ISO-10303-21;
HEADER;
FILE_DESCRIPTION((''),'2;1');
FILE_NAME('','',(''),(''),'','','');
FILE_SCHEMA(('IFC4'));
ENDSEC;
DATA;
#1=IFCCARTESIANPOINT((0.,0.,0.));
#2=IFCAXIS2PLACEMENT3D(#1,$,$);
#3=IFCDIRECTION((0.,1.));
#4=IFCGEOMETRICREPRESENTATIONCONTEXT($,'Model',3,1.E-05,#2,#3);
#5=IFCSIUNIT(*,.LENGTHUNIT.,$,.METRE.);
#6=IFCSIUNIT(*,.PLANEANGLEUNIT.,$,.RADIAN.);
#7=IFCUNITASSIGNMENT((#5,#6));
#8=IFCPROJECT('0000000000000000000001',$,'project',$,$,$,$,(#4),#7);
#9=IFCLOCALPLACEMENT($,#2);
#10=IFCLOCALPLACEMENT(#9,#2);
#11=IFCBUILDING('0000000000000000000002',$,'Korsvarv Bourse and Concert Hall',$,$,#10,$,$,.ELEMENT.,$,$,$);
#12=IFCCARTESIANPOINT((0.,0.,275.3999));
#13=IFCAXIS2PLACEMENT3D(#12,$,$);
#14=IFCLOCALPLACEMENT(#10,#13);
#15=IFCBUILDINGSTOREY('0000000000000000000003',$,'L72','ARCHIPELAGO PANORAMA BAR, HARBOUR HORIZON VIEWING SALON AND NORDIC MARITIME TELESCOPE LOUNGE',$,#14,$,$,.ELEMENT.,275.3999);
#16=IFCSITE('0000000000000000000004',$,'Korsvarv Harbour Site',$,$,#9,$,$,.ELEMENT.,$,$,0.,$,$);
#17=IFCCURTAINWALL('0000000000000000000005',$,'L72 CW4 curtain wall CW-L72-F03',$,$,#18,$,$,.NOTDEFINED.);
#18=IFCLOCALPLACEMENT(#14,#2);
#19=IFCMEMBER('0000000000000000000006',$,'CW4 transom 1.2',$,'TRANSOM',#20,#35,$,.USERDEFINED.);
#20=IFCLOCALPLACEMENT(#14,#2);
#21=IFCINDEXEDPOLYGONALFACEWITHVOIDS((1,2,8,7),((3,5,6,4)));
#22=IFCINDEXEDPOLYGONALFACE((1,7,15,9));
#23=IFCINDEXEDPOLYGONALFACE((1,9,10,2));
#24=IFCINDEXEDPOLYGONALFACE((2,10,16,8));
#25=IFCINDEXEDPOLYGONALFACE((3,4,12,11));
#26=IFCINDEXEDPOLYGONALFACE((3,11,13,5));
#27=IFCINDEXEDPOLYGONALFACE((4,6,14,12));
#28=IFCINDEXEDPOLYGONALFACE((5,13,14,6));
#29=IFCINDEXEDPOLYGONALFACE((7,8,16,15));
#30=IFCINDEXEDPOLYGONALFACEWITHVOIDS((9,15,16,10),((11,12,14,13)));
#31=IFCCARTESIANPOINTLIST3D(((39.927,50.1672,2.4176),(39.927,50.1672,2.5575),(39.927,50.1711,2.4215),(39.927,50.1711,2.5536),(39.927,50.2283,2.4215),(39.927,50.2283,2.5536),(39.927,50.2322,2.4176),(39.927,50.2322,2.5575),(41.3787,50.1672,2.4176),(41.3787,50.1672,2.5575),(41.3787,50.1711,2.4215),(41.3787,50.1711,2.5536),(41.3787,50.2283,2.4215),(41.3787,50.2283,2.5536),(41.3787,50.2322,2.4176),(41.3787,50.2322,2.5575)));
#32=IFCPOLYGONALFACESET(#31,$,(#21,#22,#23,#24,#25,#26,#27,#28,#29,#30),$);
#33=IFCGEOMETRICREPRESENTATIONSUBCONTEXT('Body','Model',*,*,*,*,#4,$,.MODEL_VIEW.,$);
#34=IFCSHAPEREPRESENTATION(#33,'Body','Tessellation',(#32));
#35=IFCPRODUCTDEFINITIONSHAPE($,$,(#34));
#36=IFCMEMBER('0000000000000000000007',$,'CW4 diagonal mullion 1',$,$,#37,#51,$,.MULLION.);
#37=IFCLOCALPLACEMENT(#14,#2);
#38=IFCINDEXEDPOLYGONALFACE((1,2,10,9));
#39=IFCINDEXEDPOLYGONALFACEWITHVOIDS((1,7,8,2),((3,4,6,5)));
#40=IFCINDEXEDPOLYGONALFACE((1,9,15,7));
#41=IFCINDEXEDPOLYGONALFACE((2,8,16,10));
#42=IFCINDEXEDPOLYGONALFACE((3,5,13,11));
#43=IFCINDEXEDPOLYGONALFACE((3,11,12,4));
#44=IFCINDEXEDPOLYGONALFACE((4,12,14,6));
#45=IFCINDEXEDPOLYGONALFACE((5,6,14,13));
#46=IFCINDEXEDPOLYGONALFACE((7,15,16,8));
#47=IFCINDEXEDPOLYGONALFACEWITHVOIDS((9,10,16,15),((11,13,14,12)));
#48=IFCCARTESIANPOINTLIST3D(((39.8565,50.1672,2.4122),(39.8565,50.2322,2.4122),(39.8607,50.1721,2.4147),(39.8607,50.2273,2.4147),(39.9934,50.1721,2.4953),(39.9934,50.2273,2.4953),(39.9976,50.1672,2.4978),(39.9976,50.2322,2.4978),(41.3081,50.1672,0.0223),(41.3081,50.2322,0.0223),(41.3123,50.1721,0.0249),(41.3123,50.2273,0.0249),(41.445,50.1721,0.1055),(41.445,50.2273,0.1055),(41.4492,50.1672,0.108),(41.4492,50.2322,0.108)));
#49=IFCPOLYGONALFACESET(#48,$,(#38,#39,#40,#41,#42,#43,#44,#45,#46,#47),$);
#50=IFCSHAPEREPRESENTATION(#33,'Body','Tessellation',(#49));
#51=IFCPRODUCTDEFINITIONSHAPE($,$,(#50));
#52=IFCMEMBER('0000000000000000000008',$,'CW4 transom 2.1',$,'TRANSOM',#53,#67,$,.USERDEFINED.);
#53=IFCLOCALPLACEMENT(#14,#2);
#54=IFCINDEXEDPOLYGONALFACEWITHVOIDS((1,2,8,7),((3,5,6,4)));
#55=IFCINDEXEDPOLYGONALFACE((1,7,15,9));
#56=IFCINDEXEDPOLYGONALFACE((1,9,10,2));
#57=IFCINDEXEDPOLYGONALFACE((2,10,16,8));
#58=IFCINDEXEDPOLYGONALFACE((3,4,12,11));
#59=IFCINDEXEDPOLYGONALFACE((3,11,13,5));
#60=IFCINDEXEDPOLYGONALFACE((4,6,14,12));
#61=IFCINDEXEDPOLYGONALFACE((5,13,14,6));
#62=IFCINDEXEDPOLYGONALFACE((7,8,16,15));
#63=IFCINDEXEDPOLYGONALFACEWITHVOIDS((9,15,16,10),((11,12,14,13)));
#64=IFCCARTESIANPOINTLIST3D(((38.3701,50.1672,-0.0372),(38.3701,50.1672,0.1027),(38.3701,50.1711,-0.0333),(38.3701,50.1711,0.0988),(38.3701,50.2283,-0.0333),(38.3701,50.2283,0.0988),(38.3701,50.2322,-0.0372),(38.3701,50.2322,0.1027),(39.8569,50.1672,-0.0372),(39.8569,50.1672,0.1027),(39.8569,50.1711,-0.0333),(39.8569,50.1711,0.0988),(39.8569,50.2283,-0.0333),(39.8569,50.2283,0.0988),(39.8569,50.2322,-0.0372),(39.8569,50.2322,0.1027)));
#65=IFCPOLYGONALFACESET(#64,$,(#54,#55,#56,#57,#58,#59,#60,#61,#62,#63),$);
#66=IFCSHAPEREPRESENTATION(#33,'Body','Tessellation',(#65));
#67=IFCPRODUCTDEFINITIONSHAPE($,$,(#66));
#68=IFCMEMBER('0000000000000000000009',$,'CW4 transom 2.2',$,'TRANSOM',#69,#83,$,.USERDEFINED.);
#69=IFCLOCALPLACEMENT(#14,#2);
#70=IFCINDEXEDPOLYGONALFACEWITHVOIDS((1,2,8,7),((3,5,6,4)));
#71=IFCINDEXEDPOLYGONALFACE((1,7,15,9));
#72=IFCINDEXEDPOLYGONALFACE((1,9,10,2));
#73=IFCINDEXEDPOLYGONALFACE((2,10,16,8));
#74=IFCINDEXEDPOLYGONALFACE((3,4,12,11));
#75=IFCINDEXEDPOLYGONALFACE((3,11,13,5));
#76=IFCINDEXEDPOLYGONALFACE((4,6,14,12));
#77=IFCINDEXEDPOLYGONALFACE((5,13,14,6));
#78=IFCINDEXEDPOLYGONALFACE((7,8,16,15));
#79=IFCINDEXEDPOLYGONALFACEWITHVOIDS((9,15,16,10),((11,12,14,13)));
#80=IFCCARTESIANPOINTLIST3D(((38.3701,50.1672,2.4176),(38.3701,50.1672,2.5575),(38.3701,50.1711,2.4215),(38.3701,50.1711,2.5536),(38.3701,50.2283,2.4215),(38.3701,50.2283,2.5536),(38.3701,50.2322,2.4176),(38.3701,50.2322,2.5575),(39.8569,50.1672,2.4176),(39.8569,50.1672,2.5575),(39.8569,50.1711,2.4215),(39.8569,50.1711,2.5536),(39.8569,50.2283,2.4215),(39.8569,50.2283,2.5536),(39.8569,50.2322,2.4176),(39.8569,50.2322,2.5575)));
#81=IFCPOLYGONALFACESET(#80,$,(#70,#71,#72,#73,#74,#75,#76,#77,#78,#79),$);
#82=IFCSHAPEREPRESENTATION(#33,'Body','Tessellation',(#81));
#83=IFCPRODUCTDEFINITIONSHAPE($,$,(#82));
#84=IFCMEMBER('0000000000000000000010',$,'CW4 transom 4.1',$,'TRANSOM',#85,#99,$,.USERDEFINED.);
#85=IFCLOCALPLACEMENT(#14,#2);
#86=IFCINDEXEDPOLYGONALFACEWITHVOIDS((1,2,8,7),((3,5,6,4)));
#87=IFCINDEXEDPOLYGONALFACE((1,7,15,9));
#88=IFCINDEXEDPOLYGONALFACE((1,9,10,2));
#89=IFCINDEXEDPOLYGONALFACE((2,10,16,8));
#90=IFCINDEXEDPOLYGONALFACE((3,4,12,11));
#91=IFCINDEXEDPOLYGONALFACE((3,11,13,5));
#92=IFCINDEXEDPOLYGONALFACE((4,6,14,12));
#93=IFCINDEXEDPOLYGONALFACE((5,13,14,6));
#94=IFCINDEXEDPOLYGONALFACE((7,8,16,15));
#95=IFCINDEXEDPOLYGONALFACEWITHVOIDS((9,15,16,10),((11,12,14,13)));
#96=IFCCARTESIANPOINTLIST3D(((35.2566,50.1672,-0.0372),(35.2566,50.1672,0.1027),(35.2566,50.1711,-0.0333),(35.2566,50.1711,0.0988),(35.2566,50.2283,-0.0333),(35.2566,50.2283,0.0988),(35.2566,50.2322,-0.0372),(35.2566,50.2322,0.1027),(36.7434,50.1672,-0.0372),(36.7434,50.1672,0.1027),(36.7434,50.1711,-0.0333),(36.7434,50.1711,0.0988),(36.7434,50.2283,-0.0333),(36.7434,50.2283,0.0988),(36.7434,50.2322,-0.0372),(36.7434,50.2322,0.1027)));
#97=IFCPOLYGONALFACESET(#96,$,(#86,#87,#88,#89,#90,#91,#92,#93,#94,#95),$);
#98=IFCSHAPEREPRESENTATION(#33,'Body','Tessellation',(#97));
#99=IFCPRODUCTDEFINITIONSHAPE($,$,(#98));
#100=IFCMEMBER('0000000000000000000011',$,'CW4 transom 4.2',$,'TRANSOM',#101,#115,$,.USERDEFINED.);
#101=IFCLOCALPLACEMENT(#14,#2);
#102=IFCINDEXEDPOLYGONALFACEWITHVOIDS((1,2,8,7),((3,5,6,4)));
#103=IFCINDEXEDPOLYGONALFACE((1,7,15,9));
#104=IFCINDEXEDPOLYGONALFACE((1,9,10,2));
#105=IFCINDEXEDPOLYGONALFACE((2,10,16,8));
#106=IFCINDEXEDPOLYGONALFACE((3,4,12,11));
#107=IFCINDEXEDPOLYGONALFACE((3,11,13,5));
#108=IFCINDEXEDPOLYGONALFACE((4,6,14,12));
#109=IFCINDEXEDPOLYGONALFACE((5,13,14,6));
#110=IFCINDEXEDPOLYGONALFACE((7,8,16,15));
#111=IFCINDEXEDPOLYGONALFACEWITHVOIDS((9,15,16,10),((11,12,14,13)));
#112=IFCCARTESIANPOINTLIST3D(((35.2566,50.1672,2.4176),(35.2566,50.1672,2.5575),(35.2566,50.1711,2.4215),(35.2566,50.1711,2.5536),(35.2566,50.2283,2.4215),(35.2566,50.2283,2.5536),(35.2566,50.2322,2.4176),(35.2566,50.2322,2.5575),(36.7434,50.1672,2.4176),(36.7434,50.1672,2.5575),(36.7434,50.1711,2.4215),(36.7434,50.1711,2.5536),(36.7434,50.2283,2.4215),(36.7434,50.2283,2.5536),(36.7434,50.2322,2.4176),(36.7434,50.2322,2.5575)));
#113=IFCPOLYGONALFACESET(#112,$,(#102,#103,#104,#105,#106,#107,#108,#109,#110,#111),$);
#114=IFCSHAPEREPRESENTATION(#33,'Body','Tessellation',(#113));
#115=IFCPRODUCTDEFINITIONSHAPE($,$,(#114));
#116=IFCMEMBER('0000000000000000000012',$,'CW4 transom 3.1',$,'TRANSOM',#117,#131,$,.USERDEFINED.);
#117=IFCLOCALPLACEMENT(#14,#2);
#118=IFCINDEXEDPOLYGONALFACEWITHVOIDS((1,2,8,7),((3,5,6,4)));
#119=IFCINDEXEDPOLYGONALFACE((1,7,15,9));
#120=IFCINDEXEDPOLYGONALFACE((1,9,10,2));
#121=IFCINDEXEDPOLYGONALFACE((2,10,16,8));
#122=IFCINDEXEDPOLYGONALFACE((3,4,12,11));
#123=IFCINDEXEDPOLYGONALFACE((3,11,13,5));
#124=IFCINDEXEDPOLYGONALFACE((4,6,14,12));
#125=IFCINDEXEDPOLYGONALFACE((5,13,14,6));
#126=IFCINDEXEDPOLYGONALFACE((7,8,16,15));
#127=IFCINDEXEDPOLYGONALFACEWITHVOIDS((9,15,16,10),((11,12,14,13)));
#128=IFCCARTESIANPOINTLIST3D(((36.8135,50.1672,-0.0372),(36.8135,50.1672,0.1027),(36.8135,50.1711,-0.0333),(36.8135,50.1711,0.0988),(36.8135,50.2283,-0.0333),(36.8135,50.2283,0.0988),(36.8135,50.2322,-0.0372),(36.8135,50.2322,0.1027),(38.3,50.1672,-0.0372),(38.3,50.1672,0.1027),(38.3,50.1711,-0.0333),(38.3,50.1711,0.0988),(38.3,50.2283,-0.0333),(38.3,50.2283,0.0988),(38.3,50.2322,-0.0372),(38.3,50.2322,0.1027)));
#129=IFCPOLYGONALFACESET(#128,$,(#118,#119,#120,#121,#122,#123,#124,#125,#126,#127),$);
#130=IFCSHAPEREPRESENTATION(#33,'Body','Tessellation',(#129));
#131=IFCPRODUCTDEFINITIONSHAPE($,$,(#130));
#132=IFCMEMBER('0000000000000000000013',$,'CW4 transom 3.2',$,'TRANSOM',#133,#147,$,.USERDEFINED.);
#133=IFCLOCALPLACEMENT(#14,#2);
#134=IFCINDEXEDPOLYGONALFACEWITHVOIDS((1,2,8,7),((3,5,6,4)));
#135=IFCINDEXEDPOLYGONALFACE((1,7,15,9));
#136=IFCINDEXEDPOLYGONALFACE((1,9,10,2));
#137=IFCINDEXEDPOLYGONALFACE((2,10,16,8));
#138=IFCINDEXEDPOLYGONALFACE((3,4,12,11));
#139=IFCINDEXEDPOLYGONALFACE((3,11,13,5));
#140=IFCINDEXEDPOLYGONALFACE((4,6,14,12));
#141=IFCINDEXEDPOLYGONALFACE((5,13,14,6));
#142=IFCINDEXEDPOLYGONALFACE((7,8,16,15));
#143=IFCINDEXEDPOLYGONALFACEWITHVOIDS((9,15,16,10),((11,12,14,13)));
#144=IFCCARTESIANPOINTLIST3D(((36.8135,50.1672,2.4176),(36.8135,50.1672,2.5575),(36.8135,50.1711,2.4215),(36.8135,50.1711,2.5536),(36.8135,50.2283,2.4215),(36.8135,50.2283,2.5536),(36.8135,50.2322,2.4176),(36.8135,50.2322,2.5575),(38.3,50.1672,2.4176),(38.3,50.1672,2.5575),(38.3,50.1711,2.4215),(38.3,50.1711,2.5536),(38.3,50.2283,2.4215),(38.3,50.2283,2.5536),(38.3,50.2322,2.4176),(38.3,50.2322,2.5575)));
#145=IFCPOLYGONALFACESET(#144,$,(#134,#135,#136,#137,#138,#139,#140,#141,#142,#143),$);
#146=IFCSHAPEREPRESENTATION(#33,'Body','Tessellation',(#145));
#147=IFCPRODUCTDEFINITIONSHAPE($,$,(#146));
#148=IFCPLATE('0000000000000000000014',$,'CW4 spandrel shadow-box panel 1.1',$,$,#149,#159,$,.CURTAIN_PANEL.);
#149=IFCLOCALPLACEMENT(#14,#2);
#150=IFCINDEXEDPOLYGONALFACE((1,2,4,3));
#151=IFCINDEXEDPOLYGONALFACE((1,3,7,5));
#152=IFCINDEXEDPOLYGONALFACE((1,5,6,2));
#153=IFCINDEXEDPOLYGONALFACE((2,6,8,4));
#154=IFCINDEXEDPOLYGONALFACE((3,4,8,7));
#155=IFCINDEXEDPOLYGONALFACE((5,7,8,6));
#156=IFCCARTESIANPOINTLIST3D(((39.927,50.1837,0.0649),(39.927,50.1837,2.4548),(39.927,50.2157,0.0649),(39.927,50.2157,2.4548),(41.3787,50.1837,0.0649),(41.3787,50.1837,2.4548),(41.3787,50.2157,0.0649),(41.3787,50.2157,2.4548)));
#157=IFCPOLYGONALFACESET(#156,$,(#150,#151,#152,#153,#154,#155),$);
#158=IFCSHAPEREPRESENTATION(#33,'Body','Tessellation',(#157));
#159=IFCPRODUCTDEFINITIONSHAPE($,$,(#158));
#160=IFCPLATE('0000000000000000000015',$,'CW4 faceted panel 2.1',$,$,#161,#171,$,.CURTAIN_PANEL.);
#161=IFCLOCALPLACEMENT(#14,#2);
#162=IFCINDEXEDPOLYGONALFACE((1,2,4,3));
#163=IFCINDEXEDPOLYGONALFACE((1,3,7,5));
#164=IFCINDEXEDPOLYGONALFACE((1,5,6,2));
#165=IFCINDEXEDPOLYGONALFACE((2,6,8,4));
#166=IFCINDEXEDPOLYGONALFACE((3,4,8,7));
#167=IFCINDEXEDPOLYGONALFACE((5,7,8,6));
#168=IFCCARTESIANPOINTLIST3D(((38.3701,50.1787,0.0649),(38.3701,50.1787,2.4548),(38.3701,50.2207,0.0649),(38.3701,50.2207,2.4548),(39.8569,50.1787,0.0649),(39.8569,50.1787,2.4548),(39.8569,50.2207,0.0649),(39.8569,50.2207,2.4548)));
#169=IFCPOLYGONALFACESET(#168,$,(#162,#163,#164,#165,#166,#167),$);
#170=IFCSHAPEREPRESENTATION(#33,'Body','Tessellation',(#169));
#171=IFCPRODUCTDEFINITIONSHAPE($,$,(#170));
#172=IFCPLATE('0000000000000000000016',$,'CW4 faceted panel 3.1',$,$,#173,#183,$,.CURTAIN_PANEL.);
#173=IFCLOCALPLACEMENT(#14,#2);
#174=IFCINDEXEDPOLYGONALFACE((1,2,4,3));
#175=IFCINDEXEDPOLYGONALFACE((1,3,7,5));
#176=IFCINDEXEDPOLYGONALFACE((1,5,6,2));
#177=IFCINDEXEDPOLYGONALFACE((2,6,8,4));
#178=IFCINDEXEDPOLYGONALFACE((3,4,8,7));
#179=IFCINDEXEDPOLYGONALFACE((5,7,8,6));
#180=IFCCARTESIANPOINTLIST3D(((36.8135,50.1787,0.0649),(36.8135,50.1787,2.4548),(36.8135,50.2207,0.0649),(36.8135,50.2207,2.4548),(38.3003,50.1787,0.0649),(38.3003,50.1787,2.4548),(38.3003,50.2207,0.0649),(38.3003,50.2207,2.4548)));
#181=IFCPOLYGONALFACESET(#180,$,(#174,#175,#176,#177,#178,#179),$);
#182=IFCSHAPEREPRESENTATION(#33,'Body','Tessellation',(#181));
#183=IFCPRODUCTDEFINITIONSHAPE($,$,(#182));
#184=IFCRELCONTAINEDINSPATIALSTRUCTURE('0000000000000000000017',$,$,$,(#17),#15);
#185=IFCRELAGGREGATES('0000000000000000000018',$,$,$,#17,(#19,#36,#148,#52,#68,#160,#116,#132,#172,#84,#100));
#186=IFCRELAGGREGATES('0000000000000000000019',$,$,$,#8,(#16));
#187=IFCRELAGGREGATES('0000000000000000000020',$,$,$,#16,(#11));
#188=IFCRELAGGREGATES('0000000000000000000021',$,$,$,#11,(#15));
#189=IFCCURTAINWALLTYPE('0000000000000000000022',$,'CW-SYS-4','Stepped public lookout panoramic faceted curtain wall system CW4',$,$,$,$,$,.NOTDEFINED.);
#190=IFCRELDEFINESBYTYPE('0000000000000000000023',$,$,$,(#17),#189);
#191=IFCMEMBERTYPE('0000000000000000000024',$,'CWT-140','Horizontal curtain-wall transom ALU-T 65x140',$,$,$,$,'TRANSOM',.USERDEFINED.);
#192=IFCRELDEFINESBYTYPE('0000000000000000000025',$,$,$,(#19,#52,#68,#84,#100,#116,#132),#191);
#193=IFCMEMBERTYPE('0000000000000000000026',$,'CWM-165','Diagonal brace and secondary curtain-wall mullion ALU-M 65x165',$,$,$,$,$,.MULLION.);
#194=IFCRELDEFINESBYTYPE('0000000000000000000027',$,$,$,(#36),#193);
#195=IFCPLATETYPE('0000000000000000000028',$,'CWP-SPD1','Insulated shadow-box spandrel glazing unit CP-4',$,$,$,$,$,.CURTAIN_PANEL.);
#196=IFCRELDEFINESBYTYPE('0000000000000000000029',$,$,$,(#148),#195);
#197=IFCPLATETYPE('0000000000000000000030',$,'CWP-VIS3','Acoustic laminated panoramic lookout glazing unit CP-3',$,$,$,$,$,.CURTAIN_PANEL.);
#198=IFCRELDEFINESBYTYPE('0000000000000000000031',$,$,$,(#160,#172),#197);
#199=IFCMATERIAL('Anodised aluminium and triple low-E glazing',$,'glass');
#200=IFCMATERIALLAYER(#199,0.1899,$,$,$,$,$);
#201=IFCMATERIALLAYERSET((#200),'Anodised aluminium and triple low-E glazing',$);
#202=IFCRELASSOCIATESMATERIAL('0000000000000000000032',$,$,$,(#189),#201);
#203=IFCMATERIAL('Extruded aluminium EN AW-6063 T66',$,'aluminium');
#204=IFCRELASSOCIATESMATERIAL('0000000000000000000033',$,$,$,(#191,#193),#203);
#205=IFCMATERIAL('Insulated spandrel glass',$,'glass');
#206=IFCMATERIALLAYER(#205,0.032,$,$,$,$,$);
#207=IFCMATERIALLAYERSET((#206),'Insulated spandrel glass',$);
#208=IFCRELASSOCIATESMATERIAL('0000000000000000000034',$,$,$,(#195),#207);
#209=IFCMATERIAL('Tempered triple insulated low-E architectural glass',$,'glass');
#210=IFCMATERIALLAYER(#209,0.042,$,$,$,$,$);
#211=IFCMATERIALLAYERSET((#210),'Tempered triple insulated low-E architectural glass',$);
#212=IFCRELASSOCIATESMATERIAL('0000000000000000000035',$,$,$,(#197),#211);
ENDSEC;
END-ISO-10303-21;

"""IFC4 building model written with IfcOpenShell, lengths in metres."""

from ifc_helpers import new_model, si_unit, direction, frame, origin, origin_2d, place, context, subcontext, project, spatial, rectangle, hollow_rectangle, extrude, source, transform, mapped, material, layer, layer_set, material_profile, profile_set, type_object, element, aggregate, save


model = new_model("IFC4")

# Units and contexts
model_context = context("Model", 3, precision=1e-05, world=origin(), true_north=direction((0.0, 1.0)))
body_context = subcontext(model_context, "Body", "Model", "MODEL_VIEW")
ifc_project = project(units=[si_unit("LENGTHUNIT", "METRE"), si_unit("PLANEANGLEUNIT", "RADIAN")], contexts=[model_context])

# Site, building, storey
site_placement = place(None, origin())
site = spatial("IfcSite", under=ifc_project, at=site_placement, Name="Korsvarv Harbour Site", CompositionType="ELEMENT", RefElevation=0.0)
building_placement = place(site_placement, origin())
building = spatial("IfcBuilding", under=site, at=building_placement, Name="Korsvarv Bourse and Concert Hall", CompositionType="ELEMENT")
storey_placement = place(building_placement, frame((0.0, 0.0, 275.3999)))
storey = spatial("IfcBuildingStorey", under=building, at=storey_placement, Name="L72", Description="ARCHIPELAGO PANORAMA BAR, HARBOUR HORIZON VIEWING SALON AND NORDIC MARITIME TELESCOPE LOUNGE", CompositionType="ELEMENT", Elevation=275.3999)

# Shared definitions
ifc_material_1 = material(Name="Anodised aluminium and triple low-E glazing", Category="glass")
ifc_layer_1 = layer(ifc_material_1, 0.1899)
ifc_layer_set_1 = layer_set([ifc_layer_1], Name="Anodised aluminium and triple low-E glazing")
curtain_wall_type = type_object("IfcCurtainWallType", Name="CW-SYS-4", Description="Stepped public lookout panoramic faceted curtain wall system CW4", PredefinedType="NOTDEFINED", material=ifc_layer_set_1)
ifc_material_2 = material(Name="Extruded aluminium EN AW-6063 T66", Category="aluminium")

# Curtain wall, members, plates
curtain_wall_1_placement = place(storey_placement, origin())
curtain_wall_1 = element("IfcCurtainWall", 1, at=curtain_wall_1_placement, inside=storey, type_object=curtain_wall_type, Name="L72 CW4 curtain wall CW-L72-F03", PredefinedType="NOTDEFINED")
ifc_material_profile_1 = material_profile(ifc_material_2, hollow_rectangle(XDim=0.0649, YDim=0.1399, WallThickness=0.0039, at=origin_2d()), Name="ALU-T 65x140")
ifc_profile_set_1 = profile_set([ifc_material_profile_1], Name="Extruded aluminium EN AW-6063 T66")
member_type_1 = type_object("IfcMemberType", Name="CWT-140", Description="Horizontal curtain-wall transom ALU-T 65x140", ElementType="TRANSOM", PredefinedType="USERDEFINED", material=ifc_profile_set_1)
shared_shape_1 = source(origin(), body_context, "Body", "SweptSolid", [
    extrude(hollow_rectangle(XDim=0.0649, YDim=0.1399, WallThickness=0.0039, at=origin_2d()), origin(), (0.0, 0.0, 1.0), 1.4517),
])
member_1_placement = place(storey_placement, frame((41.3787, 50.1997, 2.4875), z_axis=(-1.0, 0.0, 0.0), x_axis=(0.0, -1.0, 0.0)))
member_1 = element("IfcMember", 2, at=member_1_placement, type_object=member_type_1, Name="CW4 transom 1.2", ObjectType="TRANSOM", PredefinedType="USERDEFINED", context=body_context, shape_type="MappedRepresentation", body=[
    mapped(shared_shape_1, transform((0.0, 0.0, 0.0), scale=1.0)),
])
ifc_material_profile_2 = material_profile(ifc_material_2, hollow_rectangle(XDim=0.0649, YDim=0.165, WallThickness=0.0049, at=origin_2d()), Name="ALU-M 65x165")
ifc_profile_set_2 = profile_set([ifc_material_profile_2], Name="Extruded aluminium EN AW-6063 T66")
member_type_2 = type_object("IfcMemberType", Name="CWM-165", Description="Diagonal brace and secondary curtain-wall mullion ALU-M 65x165", PredefinedType="MULLION", material=ifc_profile_set_2)
shared_shape_2 = source(origin(), body_context, "Body", "SweptSolid", [
    extrude(hollow_rectangle(XDim=0.0649, YDim=0.165, WallThickness=0.0049, at=origin_2d()), origin(), (0.0, 0.0, 1.0), 2.7961),
])
member_2_placement = place(storey_placement, frame((41.3787, 50.1997, 0.0652), z_axis=(-0.519149, 0.0, 0.854684), x_axis=(0.0, -1.0, 0.0)))
member_2 = element("IfcMember", 3, at=member_2_placement, type_object=member_type_2, Name="CW4 diagonal mullion 1", PredefinedType="MULLION", context=body_context, shape_type="MappedRepresentation", body=[
    mapped(shared_shape_2, transform((0.0, 0.0, 0.0), scale=1.0)),
])
shared_shape_3 = source(origin(), body_context, "Body", "SweptSolid", [
    extrude(hollow_rectangle(XDim=0.0649, YDim=0.1399, WallThickness=0.0039, at=origin_2d()), origin(), (0.0, 0.0, 1.0), 1.4868),
])
member_3_placement = place(storey_placement, frame((39.8569, 50.1997, 0.0327), z_axis=(-1.0, 0.0, 0.0), x_axis=(0.0, -1.0, 0.0)))
member_3 = element("IfcMember", 4, at=member_3_placement, type_object=member_type_1, Name="CW4 transom 2.1", ObjectType="TRANSOM", PredefinedType="USERDEFINED", context=body_context, shape_type="MappedRepresentation", body=[
    mapped(shared_shape_3, transform((0.0, 0.0, 0.0), scale=1.0)),
])
member_4_placement = place(storey_placement, frame((39.8569, 50.1997, 2.4875), z_axis=(-1.0, 0.0, 0.0), x_axis=(0.0, -1.0, 0.0)))
member_4 = element("IfcMember", 5, at=member_4_placement, type_object=member_type_1, Name="CW4 transom 2.2", ObjectType="TRANSOM", PredefinedType="USERDEFINED", context=body_context, shape_type="MappedRepresentation", body=[
    mapped(shared_shape_3, transform((0.0, 0.0, 0.0), scale=1.0)),
])
member_5_placement = place(storey_placement, frame((36.7434, 50.1997, 0.0327), z_axis=(-1.0, 0.0, 0.0), x_axis=(0.0, -1.0, 0.0)))
member_5 = element("IfcMember", 6, at=member_5_placement, type_object=member_type_1, Name="CW4 transom 4.1", ObjectType="TRANSOM", PredefinedType="USERDEFINED", context=body_context, shape_type="MappedRepresentation", body=[
    mapped(shared_shape_3, transform((0.0, 0.0, 0.0), scale=1.0)),
])
member_6_placement = place(storey_placement, frame((36.7434, 50.1997, 2.4875), z_axis=(-1.0, 0.0, 0.0), x_axis=(0.0, -1.0, 0.0)))
member_6 = element("IfcMember", 7, at=member_6_placement, type_object=member_type_1, Name="CW4 transom 4.2", ObjectType="TRANSOM", PredefinedType="USERDEFINED", context=body_context, shape_type="MappedRepresentation", body=[
    mapped(shared_shape_3, transform((0.0, 0.0, 0.0), scale=1.0)),
])
shared_shape_4 = source(origin(), body_context, "Body", "SweptSolid", [
    extrude(hollow_rectangle(XDim=0.0649, YDim=0.1399, WallThickness=0.0039, at=origin_2d()), origin(), (0.0, 0.0, 1.0), 1.4866),
])
member_7_placement = place(storey_placement, frame((38.3, 50.1997, 0.0327), z_axis=(-1.0, 0.0, 0.0), x_axis=(0.0, -1.0, 0.0)))
member_7 = element("IfcMember", 8, at=member_7_placement, type_object=member_type_1, Name="CW4 transom 3.1", ObjectType="TRANSOM", PredefinedType="USERDEFINED", context=body_context, shape_type="MappedRepresentation", body=[
    mapped(shared_shape_4, transform((0.0, 0.0, 0.0), scale=1.0)),
])
member_8_placement = place(storey_placement, frame((38.3, 50.1997, 2.4875), z_axis=(-1.0, 0.0, 0.0), x_axis=(0.0, -1.0, 0.0)))
member_8 = element("IfcMember", 9, at=member_8_placement, type_object=member_type_1, Name="CW4 transom 3.2", ObjectType="TRANSOM", PredefinedType="USERDEFINED", context=body_context, shape_type="MappedRepresentation", body=[
    mapped(shared_shape_4, transform((0.0, 0.0, 0.0), scale=1.0)),
])
ifc_material_3 = material(Name="Insulated spandrel glass", Category="glass")
ifc_layer_2 = layer(ifc_material_3, 0.032)
ifc_layer_set_2 = layer_set([ifc_layer_2], Name="Insulated spandrel glass")
plate_type_1 = type_object("IfcPlateType", Name="CWP-SPD1", Description="Insulated shadow-box spandrel glazing unit CP-4", PredefinedType="CURTAIN_PANEL", material=ifc_layer_set_2)
shared_shape_5 = source(origin(), body_context, "Body", "SweptSolid", [
    extrude(rectangle(XDim=1.4517, YDim=0.032, at=origin_2d()), origin(), (0.0, 0.0, 1.0), 2.3899),
])
plate_1_placement = place(storey_placement, frame((40.6528, 50.1997, 0.0649), z_axis=(0.0, 0.0, 1.0), x_axis=(-1.0, 0.0, 0.0)))
plate_1 = element("IfcPlate", 10, at=plate_1_placement, type_object=plate_type_1, Name="CW4 spandrel shadow-box panel 1.1", PredefinedType="CURTAIN_PANEL", context=body_context, shape_type="MappedRepresentation", body=[
    mapped(shared_shape_5, transform((0.0, 0.0, 0.0), scale=1.0)),
])
ifc_material_4 = material(Name="Tempered triple insulated low-E architectural glass", Category="glass")
ifc_layer_3 = layer(ifc_material_4, 0.042)
ifc_layer_set_3 = layer_set([ifc_layer_3], Name="Tempered triple insulated low-E architectural glass")
plate_type_2 = type_object("IfcPlateType", Name="CWP-VIS3", Description="Acoustic laminated panoramic lookout glazing unit CP-3", PredefinedType="CURTAIN_PANEL", material=ifc_layer_set_3)
shared_shape_6 = source(origin(), body_context, "Body", "SweptSolid", [
    extrude(rectangle(XDim=1.4868, YDim=0.042, at=origin_2d()), origin(), (0.0, 0.0, 1.0), 2.3899),
])
plate_2_placement = place(storey_placement, frame((39.1135, 50.1997, 0.0649), z_axis=(0.0, 0.0, 1.0), x_axis=(-1.0, 0.0, 0.0)))
plate_2 = element("IfcPlate", 11, at=plate_2_placement, type_object=plate_type_2, Name="CW4 faceted panel 2.1", PredefinedType="CURTAIN_PANEL", context=body_context, shape_type="MappedRepresentation", body=[
    mapped(shared_shape_6, transform((0.0, 0.0, 0.0), scale=1.0)),
])
plate_3_placement = place(storey_placement, frame((37.5569, 50.1997, 0.0649), z_axis=(0.0, 0.0, 1.0), x_axis=(-1.0, 0.0, 0.0)))
plate_3 = element("IfcPlate", 12, at=plate_3_placement, type_object=plate_type_2, Name="CW4 faceted panel 3.1", PredefinedType="CURTAIN_PANEL", context=body_context, shape_type="MappedRepresentation", body=[
    mapped(shared_shape_6, transform((0.0, 0.0, 0.0), scale=1.0)),
])
aggregate(curtain_wall_1, [member_1, member_2, plate_1, member_3, member_4, plate_2, member_7, member_8, plate_3, member_5, member_6])

save(model, "model.ifc")
